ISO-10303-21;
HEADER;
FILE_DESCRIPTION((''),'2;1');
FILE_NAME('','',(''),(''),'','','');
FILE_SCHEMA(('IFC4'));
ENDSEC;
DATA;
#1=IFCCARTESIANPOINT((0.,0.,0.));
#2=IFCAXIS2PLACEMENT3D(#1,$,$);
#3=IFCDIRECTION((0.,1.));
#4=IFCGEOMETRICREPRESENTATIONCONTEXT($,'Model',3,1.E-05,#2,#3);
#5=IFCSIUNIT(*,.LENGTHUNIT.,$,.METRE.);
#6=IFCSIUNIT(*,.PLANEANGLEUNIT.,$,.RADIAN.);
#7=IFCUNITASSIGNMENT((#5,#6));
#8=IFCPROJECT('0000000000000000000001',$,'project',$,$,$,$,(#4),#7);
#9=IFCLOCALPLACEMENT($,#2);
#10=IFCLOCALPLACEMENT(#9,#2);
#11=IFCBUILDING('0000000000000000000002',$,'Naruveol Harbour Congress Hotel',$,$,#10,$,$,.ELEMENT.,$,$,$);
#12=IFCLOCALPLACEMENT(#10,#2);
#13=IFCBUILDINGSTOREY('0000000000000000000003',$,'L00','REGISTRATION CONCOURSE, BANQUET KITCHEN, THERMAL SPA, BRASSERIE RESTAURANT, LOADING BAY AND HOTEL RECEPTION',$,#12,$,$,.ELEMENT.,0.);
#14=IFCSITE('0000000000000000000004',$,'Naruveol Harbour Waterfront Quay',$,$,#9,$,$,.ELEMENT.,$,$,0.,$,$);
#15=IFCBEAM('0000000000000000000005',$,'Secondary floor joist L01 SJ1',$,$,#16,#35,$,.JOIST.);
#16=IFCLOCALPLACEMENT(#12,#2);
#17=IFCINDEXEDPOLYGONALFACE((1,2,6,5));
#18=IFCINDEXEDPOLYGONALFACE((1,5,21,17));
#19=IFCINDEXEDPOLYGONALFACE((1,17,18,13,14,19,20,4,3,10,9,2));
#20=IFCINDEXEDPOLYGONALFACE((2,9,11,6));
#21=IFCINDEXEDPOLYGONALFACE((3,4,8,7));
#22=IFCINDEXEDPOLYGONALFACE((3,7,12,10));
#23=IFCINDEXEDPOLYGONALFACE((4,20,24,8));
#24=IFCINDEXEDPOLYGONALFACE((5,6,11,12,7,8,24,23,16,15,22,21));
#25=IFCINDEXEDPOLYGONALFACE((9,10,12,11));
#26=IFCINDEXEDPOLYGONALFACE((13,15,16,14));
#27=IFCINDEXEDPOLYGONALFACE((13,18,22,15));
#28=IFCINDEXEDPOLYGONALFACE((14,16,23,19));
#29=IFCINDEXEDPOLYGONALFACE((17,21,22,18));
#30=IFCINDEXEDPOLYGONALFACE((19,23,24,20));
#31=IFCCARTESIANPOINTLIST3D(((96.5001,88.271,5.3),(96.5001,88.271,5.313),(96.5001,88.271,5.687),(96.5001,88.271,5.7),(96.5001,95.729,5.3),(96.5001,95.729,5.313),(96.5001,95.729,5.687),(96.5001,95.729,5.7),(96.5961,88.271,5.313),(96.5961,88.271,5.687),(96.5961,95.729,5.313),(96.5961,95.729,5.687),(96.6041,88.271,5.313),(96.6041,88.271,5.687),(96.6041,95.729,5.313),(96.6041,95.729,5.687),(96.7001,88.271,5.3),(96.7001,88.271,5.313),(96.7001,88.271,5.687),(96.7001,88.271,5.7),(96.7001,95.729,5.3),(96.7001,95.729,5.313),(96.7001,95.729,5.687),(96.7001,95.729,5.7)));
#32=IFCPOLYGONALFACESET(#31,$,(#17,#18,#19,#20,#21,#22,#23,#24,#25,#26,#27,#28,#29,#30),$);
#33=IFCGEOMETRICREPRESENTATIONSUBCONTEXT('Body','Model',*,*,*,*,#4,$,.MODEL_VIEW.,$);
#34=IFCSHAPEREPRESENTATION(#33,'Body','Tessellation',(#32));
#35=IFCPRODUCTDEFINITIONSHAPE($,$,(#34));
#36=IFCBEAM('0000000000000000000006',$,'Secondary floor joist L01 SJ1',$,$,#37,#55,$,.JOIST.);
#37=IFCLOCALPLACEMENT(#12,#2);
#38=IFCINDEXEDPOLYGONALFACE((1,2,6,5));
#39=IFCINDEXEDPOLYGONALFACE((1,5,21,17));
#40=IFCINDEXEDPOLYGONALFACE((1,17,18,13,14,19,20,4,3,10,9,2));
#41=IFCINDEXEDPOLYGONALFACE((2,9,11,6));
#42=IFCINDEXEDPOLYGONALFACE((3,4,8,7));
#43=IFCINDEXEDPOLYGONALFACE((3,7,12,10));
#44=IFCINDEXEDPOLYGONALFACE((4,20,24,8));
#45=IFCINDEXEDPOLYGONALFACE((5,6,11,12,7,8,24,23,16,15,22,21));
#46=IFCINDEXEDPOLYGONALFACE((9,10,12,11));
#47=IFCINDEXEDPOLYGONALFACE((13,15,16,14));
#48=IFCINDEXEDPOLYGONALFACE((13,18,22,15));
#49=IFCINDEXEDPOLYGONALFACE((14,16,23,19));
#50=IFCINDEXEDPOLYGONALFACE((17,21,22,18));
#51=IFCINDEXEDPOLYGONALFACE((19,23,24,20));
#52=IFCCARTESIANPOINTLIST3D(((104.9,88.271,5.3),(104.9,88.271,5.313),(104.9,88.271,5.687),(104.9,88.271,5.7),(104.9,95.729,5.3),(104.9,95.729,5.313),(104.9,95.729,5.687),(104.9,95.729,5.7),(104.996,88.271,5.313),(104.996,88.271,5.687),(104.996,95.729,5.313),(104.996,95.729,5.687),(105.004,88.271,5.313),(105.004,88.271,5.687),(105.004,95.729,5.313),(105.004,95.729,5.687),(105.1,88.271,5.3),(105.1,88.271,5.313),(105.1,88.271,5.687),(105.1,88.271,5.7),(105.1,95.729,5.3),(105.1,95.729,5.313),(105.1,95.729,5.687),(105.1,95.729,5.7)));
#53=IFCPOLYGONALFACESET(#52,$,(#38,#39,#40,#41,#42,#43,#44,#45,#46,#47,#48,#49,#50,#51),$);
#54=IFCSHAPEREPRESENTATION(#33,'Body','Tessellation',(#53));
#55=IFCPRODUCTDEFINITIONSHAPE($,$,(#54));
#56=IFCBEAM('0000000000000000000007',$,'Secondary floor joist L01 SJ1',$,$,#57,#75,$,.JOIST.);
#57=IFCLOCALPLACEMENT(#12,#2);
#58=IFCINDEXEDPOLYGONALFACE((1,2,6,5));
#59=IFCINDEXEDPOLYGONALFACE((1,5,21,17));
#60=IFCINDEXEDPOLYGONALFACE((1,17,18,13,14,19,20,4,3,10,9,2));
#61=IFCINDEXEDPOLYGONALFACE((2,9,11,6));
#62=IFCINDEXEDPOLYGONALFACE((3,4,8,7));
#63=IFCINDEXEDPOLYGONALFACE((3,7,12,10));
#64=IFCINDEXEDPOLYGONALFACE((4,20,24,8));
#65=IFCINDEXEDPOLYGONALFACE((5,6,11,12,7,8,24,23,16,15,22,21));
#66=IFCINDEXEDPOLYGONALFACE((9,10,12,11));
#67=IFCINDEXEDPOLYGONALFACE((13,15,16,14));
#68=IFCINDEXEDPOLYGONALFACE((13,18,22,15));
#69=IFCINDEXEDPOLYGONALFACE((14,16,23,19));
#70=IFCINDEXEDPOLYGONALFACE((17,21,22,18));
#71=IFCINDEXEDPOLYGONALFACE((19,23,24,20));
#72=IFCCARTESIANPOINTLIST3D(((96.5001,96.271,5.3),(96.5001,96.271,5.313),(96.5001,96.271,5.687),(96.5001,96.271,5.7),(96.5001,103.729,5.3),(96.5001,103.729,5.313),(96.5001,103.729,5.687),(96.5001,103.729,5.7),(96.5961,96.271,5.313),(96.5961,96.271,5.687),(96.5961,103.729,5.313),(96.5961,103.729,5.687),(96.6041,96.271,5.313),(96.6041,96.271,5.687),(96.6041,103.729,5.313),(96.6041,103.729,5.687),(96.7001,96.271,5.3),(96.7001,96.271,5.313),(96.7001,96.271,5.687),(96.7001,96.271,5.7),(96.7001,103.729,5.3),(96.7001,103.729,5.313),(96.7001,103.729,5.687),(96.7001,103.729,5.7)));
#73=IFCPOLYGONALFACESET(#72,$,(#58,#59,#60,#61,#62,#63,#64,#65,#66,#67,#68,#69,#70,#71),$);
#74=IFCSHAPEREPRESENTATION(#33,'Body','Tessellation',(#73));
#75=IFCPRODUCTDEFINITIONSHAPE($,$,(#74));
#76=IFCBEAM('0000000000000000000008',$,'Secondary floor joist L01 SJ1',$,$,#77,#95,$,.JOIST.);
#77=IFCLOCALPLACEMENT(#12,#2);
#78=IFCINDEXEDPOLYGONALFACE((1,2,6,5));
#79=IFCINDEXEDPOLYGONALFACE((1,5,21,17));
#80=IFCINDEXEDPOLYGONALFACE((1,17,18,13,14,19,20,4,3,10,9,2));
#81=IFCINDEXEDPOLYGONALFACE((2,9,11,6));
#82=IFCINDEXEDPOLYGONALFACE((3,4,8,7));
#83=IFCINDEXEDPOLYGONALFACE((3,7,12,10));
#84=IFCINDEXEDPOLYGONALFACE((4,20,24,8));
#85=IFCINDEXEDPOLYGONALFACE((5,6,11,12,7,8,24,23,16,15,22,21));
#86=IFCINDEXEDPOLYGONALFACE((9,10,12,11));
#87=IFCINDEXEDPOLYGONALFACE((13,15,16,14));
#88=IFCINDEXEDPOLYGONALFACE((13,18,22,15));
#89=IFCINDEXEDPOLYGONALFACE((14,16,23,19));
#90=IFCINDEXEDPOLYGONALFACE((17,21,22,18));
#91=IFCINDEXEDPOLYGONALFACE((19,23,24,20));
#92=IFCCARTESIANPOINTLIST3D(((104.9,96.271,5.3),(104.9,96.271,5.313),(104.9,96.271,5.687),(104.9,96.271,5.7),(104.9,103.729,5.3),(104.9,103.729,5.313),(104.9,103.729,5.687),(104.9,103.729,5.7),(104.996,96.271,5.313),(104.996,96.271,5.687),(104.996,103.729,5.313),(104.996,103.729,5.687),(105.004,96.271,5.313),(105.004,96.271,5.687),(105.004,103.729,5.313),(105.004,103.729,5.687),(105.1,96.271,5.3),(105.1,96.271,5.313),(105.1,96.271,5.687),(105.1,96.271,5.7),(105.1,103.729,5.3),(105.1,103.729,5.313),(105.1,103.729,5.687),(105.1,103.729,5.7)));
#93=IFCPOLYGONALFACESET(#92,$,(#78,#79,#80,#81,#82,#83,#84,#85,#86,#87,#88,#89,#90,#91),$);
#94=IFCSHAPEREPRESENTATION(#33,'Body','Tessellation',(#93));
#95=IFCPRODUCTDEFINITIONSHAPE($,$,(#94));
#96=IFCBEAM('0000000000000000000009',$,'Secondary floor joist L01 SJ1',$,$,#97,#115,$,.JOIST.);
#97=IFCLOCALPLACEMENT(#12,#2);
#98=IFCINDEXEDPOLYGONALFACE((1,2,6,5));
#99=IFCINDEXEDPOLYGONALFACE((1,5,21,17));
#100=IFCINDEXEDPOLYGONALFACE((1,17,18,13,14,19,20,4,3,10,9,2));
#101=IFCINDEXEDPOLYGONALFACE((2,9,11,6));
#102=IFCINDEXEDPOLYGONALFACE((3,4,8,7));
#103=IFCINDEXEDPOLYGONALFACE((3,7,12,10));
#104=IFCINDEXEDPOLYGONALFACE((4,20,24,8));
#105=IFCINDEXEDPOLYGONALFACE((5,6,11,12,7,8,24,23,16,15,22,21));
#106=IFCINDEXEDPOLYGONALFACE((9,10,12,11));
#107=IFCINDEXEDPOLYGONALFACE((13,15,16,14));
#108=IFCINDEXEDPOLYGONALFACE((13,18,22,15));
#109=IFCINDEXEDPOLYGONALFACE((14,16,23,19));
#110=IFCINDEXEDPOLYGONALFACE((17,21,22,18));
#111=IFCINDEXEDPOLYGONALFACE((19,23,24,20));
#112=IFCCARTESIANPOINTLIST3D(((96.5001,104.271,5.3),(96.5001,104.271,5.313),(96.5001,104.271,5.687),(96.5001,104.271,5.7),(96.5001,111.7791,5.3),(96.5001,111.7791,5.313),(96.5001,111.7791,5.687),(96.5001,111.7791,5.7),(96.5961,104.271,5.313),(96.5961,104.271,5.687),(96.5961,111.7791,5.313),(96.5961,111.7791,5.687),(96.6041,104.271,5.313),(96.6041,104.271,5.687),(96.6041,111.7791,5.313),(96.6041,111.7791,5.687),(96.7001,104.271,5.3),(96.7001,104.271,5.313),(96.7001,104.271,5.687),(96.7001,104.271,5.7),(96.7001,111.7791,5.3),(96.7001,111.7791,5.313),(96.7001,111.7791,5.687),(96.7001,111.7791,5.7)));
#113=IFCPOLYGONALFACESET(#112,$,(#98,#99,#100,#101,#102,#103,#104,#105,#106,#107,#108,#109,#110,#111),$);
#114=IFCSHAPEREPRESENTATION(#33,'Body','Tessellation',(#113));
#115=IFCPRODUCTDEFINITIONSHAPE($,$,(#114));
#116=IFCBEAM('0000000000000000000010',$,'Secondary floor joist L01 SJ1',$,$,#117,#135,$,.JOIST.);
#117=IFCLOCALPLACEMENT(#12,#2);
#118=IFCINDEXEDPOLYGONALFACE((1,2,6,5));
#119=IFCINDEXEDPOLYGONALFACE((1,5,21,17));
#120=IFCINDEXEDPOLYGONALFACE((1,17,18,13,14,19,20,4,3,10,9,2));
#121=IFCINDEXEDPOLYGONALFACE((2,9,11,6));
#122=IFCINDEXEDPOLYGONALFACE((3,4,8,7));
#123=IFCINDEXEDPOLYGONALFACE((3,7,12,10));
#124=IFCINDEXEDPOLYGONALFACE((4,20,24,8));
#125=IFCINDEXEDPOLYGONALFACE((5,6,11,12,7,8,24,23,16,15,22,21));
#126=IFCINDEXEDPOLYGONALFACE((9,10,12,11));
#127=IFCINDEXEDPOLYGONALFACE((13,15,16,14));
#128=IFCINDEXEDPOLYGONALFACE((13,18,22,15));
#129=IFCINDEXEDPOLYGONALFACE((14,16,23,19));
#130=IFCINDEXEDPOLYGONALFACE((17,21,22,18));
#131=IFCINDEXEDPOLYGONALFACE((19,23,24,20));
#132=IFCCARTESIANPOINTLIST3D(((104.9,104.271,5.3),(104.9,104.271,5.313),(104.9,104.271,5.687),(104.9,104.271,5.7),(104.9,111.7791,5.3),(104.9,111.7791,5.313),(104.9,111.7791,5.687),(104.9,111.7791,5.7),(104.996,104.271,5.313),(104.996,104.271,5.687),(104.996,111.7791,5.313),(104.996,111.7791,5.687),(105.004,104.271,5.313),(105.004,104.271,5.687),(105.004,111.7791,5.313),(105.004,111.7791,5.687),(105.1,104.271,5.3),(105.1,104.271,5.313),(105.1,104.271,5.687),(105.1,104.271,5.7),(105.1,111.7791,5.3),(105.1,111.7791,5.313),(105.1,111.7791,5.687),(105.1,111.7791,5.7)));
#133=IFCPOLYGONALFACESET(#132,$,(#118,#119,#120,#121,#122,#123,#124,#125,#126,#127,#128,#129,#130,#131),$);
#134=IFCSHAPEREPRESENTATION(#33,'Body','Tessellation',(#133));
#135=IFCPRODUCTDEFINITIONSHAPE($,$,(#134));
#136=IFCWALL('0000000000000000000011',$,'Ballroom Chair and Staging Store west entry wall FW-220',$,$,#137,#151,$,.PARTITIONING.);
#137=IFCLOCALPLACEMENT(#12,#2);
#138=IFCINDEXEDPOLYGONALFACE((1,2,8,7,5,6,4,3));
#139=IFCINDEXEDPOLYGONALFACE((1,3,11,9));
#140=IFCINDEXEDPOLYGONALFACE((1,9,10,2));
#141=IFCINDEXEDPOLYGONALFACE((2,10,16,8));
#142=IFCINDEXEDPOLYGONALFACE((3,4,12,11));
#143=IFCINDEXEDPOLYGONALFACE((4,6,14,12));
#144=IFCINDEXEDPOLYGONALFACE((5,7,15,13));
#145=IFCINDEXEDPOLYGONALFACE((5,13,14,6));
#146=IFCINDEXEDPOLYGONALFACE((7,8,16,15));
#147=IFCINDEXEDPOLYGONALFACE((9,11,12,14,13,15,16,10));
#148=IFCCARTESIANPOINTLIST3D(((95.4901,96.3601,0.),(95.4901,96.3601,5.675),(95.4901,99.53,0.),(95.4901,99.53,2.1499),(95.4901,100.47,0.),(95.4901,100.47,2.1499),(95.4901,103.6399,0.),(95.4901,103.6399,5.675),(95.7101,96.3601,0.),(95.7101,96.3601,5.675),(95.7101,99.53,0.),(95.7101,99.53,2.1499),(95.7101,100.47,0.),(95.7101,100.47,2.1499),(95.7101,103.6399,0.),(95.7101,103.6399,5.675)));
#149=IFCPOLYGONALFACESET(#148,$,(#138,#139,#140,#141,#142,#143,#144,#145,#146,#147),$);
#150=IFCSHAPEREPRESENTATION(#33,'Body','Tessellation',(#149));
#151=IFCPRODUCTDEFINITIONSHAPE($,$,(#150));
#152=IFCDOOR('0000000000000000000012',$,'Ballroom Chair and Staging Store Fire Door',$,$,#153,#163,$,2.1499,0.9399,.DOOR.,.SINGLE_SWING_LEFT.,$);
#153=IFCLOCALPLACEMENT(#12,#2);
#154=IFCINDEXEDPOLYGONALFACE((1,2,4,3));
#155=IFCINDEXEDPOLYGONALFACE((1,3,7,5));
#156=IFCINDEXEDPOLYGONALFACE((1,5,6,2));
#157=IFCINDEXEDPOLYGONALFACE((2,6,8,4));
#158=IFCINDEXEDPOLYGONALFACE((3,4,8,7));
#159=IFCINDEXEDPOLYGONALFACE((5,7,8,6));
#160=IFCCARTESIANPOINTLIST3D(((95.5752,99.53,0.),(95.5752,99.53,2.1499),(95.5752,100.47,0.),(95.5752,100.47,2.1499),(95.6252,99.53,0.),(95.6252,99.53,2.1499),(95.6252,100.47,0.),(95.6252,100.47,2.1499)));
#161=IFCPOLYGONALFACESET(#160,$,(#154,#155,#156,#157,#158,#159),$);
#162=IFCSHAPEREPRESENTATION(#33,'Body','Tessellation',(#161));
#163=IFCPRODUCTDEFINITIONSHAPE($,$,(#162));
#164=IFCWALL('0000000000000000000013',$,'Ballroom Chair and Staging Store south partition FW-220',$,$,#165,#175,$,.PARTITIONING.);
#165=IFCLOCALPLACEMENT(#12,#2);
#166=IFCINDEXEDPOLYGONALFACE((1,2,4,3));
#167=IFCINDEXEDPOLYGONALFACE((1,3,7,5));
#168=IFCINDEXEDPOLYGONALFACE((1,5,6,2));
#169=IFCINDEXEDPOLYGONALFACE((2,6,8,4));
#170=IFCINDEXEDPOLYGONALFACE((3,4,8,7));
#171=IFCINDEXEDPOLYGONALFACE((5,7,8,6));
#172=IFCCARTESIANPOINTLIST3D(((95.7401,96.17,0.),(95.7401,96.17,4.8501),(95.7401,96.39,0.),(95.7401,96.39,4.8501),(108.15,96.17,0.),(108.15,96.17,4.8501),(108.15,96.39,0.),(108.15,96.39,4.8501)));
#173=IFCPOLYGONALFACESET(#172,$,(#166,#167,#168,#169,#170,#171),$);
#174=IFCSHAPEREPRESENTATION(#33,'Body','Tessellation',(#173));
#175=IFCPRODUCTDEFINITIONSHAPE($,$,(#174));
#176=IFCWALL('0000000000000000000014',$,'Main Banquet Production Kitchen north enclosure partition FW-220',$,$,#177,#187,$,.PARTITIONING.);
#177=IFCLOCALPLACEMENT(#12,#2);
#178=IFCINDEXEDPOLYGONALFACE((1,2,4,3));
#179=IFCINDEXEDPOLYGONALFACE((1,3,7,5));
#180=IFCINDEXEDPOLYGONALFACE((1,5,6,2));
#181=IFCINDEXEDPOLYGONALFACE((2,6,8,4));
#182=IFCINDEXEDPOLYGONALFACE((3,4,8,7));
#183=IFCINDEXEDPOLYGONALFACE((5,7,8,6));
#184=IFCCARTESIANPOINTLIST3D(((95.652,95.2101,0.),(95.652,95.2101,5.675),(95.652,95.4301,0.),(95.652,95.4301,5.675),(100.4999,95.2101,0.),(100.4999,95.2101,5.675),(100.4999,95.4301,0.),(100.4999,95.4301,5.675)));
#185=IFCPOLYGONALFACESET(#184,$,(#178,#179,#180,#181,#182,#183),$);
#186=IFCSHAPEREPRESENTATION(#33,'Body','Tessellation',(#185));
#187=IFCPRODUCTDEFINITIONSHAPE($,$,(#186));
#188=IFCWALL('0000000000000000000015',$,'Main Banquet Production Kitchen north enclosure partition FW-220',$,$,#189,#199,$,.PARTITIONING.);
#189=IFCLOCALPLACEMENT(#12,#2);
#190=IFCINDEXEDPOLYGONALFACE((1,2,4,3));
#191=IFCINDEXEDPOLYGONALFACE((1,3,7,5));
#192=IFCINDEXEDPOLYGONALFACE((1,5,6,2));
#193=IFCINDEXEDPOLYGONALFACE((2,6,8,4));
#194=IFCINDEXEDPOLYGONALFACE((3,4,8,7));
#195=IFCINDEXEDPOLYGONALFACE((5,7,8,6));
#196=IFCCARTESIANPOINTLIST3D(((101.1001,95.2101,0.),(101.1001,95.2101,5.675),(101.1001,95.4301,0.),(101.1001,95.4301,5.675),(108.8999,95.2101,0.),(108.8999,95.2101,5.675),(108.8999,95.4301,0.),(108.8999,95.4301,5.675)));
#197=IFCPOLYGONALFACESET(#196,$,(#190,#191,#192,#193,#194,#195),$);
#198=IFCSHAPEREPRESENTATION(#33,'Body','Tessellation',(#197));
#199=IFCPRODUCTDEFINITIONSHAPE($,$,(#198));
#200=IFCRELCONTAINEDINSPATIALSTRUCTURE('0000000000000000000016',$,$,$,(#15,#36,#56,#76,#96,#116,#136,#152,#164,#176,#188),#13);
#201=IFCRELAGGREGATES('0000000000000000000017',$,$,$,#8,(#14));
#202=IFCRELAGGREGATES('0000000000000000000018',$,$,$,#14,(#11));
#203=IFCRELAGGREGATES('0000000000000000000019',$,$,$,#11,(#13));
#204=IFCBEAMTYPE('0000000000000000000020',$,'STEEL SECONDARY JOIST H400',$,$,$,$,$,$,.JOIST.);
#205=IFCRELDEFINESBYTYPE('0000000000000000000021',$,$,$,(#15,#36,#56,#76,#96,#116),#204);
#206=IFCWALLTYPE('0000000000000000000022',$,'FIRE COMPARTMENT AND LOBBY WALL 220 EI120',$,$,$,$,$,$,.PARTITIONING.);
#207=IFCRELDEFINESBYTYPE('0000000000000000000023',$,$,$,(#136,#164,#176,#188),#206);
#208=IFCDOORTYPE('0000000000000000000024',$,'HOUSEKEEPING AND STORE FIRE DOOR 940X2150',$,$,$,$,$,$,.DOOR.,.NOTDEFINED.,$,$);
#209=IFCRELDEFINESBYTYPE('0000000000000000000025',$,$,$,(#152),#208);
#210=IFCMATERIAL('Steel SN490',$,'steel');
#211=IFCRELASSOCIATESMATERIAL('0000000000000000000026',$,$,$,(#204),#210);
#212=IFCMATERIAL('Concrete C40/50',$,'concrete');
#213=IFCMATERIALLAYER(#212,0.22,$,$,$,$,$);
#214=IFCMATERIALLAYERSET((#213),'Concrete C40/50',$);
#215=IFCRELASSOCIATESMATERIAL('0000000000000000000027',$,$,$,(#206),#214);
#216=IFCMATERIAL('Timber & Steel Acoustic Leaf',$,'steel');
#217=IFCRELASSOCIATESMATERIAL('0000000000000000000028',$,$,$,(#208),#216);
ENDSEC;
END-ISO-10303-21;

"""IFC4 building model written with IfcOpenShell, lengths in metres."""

from ifc_helpers import new_model, si_unit, direction, frame, frame_2d, origin, origin_2d, place, context, subcontext, project, spatial, rectangle, i_section, extrude, material, layer, layer_set, material_profile, profile_set, type_object, element, fill, save


model = new_model("IFC4")

# Units and contexts
model_context = context("Model", 3, precision=1e-05, world=origin(), true_north=direction((0.0, 1.0)))
body_context = subcontext(model_context, "Body", "Model", "MODEL_VIEW")
ifc_project = project(units=[si_unit("LENGTHUNIT", "METRE"), si_unit("PLANEANGLEUNIT", "RADIAN")], contexts=[model_context])

# Site, building, storey
site_placement = place(None, origin())
site = spatial("IfcSite", under=ifc_project, at=site_placement, Name="Naruveol Harbour Waterfront Quay", CompositionType="ELEMENT", RefElevation=0.0)
building_placement = place(site_placement, origin())
building = spatial("IfcBuilding", under=site, at=building_placement, Name="Naruveol Harbour Congress Hotel", CompositionType="ELEMENT")
storey_placement = place(building_placement, origin())
storey = spatial("IfcBuildingStorey", under=building, at=storey_placement, Name="L00", Description="REGISTRATION CONCOURSE, BANQUET KITCHEN, THERMAL SPA, BRASSERIE RESTAURANT, LOADING BAY AND HOTEL RECEPTION", CompositionType="ELEMENT", Elevation=0.0)

# Beams
ifc_material_1 = material(Name="Steel SN490", Category="steel")
ifc_material_profile_1 = material_profile(ifc_material_1, i_section(OverallWidth=0.2, OverallDepth=0.3999, WebThickness=0.0081, FlangeThickness=0.0129, at=origin_2d()), Name="H-400x200x8x13")
ifc_profile_set_1 = profile_set([ifc_material_profile_1], Name="Steel SN490")
beam_type_1 = type_object("IfcBeamType", Name="STEEL SECONDARY JOIST H400", PredefinedType="JOIST", material=ifc_profile_set_1)
for number, where, z_axis, x_axis, name in (
    (1, (96.6001, 88.271, 5.5), (0.0, 1.0, 0.0), (-1.0, 0.0, 0.0), "Secondary floor joist L01 SJ1"),
    (2, (105.0, 88.271, 5.5), (0.0, 1.0, 0.0), (-1.0, 0.0, 0.0), "Secondary floor joist L01 SJ1"),
    (3, (96.6001, 96.271, 5.5), (0.0, 1.0, 0.0), (-1.0, 0.0, 0.0), "Secondary floor joist L01 SJ1"),
    (4, (105.0, 96.271, 5.5), (0.0, 1.0, 0.0), (-1.0, 0.0, 0.0), "Secondary floor joist L01 SJ1"),
):
    element("IfcBeam", number, at=place(storey_placement, frame(where, z_axis=z_axis, x_axis=x_axis)), inside=storey, type_object=beam_type_1, Name=name, PredefinedType="JOIST", context=body_context, shape_type="SweptSolid", body=[
        extrude(i_section(OverallWidth=0.2, OverallDepth=0.3999, WebThickness=0.0081, FlangeThickness=0.0129, at=origin_2d()), origin(), (0.0, 0.0, 1.0), 7.458),
    ])
for number, where, z_axis, x_axis, name in (
    (5, (96.6001, 104.271, 5.5), (0.0, 1.0, 0.0), (-1.0, 0.0, 0.0), "Secondary floor joist L01 SJ1"),
    (6, (105.0, 104.271, 5.5), (0.0, 1.0, 0.0), (-1.0, 0.0, 0.0), "Secondary floor joist L01 SJ1"),
):
    element("IfcBeam", number, at=place(storey_placement, frame(where, z_axis=z_axis, x_axis=x_axis)), inside=storey, type_object=beam_type_1, Name=name, PredefinedType="JOIST", context=body_context, shape_type="SweptSolid", body=[
        extrude(i_section(OverallWidth=0.2, OverallDepth=0.3999, WebThickness=0.0081, FlangeThickness=0.0129, at=origin_2d()), origin(), (0.0, 0.0, 1.0), 7.5081),
    ])

# Wall, opening, door
ifc_material_2 = material(Name="Concrete C40/50", Category="concrete")
ifc_layer_1 = layer(ifc_material_2, 0.22)
ifc_layer_set_1 = layer_set([ifc_layer_1], Name="Concrete C40/50")
wall_type_1 = type_object("IfcWallType", Name="FIRE COMPARTMENT AND LOBBY WALL 220 EI120", PredefinedType="PARTITIONING", material=ifc_layer_set_1)
wall_1_placement = place(storey_placement, frame((95.6001, 96.3601, 0.0), z_axis=(0.0, 0.0, 1.0), x_axis=(0.0, 1.0, 0.0)))
wall_1 = element("IfcWall", 7, at=wall_1_placement, inside=storey, type_object=wall_type_1, Name="Ballroom Chair and Staging Store west entry wall FW-220", PredefinedType="PARTITIONING", context=body_context, shape_type="SweptSolid", body=[
    extrude(rectangle(XDim=7.2798, YDim=0.22, at=frame_2d((3.6399, 0.0))), origin(), (0.0, 0.0, 1.0), 5.675),
])
opening_1_placement = place(wall_1_placement, frame((3.1699, 0.0, 0.0)))
opening_1 = element("IfcOpeningElement", 8, at=opening_1_placement, cuts=wall_1, PredefinedType="OPENING", context=body_context, shape_type="SweptSolid", body=[
    extrude(rectangle(XDim=0.9399, YDim=2.1499, at=frame_2d((0.47, 1.075))), frame((0.0, 0.1199, 0.0), z_axis=(0.0, -1.0, 0.0), x_axis=(1.0, 0.0, 0.0)), (0.0, 0.0, 1.0), 0.24),
])
ifc_material_3 = material(Name="Timber & Steel Acoustic Leaf", Category="steel")
door_type = type_object("IfcDoorType", Name="HOUSEKEEPING AND STORE FIRE DOOR 940X2150", OperationType="NOTDEFINED", PredefinedType="DOOR", material=ifc_material_3)
door_placement = place(opening_1_placement, origin())
door = element("IfcDoor", 9, at=door_placement, inside=storey, type_object=door_type, Name="Ballroom Chair and Staging Store Fire Door", OperationType="SINGLE_SWING_LEFT", OverallHeight=2.1499, OverallWidth=0.9399, PredefinedType="DOOR", context=body_context, shape_type="SweptSolid", body=[
    extrude(rectangle(XDim=0.9399, YDim=2.1499, at=frame_2d((0.47, 1.075))), frame((0.0, 0.0249, 0.0), z_axis=(0.0, -1.0, 0.0), x_axis=(1.0, 0.0, 0.0)), (0.0, 0.0, 1.0), 0.05),
])
fill(opening_1, door)

# Walls
wall_2_placement = place(storey_placement, frame((95.74, 96.28, 0.0), z_axis=(0.0, 0.0, 1.0), x_axis=(1.0, 0.0, 0.0)))
element("IfcWall", 10, at=wall_2_placement, inside=storey, type_object=wall_type_1, Name="Ballroom Chair and Staging Store south partition FW-220", PredefinedType="PARTITIONING", context=body_context, shape_type="SweptSolid", body=[
    extrude(rectangle(XDim=12.4099, YDim=0.22, at=frame_2d((6.2051, 0.0))), origin(), (0.0, 0.0, 1.0), 4.8501),
])
wall_3_placement = place(storey_placement, frame((95.6521, 95.3201, 0.0), z_axis=(0.0, 0.0, 1.0), x_axis=(1.0, 0.0, 0.0)))
element("IfcWall", 11, at=wall_3_placement, inside=storey, type_object=wall_type_1, Name="Main Banquet Production Kitchen north enclosure partition FW-220", PredefinedType="PARTITIONING", context=body_context, shape_type="SweptSolid", body=[
    extrude(rectangle(XDim=4.8479, YDim=0.22, at=frame_2d((2.4238, 0.0))), origin(), (0.0, 0.0, 1.0), 5.675),
])
wall_4_placement = place(storey_placement, frame((101.1001, 95.3201, 0.0), z_axis=(0.0, 0.0, 1.0), x_axis=(1.0, 0.0, 0.0)))
element("IfcWall", 12, at=wall_4_placement, inside=storey, type_object=wall_type_1, Name="Main Banquet Production Kitchen north enclosure partition FW-220", PredefinedType="PARTITIONING", context=body_context, shape_type="SweptSolid", body=[
    extrude(rectangle(XDim=7.7998, YDim=0.22, at=frame_2d((3.8999, 0.0))), origin(), (0.0, 0.0, 1.0), 5.675),
])

save(model, "model.ifc")
